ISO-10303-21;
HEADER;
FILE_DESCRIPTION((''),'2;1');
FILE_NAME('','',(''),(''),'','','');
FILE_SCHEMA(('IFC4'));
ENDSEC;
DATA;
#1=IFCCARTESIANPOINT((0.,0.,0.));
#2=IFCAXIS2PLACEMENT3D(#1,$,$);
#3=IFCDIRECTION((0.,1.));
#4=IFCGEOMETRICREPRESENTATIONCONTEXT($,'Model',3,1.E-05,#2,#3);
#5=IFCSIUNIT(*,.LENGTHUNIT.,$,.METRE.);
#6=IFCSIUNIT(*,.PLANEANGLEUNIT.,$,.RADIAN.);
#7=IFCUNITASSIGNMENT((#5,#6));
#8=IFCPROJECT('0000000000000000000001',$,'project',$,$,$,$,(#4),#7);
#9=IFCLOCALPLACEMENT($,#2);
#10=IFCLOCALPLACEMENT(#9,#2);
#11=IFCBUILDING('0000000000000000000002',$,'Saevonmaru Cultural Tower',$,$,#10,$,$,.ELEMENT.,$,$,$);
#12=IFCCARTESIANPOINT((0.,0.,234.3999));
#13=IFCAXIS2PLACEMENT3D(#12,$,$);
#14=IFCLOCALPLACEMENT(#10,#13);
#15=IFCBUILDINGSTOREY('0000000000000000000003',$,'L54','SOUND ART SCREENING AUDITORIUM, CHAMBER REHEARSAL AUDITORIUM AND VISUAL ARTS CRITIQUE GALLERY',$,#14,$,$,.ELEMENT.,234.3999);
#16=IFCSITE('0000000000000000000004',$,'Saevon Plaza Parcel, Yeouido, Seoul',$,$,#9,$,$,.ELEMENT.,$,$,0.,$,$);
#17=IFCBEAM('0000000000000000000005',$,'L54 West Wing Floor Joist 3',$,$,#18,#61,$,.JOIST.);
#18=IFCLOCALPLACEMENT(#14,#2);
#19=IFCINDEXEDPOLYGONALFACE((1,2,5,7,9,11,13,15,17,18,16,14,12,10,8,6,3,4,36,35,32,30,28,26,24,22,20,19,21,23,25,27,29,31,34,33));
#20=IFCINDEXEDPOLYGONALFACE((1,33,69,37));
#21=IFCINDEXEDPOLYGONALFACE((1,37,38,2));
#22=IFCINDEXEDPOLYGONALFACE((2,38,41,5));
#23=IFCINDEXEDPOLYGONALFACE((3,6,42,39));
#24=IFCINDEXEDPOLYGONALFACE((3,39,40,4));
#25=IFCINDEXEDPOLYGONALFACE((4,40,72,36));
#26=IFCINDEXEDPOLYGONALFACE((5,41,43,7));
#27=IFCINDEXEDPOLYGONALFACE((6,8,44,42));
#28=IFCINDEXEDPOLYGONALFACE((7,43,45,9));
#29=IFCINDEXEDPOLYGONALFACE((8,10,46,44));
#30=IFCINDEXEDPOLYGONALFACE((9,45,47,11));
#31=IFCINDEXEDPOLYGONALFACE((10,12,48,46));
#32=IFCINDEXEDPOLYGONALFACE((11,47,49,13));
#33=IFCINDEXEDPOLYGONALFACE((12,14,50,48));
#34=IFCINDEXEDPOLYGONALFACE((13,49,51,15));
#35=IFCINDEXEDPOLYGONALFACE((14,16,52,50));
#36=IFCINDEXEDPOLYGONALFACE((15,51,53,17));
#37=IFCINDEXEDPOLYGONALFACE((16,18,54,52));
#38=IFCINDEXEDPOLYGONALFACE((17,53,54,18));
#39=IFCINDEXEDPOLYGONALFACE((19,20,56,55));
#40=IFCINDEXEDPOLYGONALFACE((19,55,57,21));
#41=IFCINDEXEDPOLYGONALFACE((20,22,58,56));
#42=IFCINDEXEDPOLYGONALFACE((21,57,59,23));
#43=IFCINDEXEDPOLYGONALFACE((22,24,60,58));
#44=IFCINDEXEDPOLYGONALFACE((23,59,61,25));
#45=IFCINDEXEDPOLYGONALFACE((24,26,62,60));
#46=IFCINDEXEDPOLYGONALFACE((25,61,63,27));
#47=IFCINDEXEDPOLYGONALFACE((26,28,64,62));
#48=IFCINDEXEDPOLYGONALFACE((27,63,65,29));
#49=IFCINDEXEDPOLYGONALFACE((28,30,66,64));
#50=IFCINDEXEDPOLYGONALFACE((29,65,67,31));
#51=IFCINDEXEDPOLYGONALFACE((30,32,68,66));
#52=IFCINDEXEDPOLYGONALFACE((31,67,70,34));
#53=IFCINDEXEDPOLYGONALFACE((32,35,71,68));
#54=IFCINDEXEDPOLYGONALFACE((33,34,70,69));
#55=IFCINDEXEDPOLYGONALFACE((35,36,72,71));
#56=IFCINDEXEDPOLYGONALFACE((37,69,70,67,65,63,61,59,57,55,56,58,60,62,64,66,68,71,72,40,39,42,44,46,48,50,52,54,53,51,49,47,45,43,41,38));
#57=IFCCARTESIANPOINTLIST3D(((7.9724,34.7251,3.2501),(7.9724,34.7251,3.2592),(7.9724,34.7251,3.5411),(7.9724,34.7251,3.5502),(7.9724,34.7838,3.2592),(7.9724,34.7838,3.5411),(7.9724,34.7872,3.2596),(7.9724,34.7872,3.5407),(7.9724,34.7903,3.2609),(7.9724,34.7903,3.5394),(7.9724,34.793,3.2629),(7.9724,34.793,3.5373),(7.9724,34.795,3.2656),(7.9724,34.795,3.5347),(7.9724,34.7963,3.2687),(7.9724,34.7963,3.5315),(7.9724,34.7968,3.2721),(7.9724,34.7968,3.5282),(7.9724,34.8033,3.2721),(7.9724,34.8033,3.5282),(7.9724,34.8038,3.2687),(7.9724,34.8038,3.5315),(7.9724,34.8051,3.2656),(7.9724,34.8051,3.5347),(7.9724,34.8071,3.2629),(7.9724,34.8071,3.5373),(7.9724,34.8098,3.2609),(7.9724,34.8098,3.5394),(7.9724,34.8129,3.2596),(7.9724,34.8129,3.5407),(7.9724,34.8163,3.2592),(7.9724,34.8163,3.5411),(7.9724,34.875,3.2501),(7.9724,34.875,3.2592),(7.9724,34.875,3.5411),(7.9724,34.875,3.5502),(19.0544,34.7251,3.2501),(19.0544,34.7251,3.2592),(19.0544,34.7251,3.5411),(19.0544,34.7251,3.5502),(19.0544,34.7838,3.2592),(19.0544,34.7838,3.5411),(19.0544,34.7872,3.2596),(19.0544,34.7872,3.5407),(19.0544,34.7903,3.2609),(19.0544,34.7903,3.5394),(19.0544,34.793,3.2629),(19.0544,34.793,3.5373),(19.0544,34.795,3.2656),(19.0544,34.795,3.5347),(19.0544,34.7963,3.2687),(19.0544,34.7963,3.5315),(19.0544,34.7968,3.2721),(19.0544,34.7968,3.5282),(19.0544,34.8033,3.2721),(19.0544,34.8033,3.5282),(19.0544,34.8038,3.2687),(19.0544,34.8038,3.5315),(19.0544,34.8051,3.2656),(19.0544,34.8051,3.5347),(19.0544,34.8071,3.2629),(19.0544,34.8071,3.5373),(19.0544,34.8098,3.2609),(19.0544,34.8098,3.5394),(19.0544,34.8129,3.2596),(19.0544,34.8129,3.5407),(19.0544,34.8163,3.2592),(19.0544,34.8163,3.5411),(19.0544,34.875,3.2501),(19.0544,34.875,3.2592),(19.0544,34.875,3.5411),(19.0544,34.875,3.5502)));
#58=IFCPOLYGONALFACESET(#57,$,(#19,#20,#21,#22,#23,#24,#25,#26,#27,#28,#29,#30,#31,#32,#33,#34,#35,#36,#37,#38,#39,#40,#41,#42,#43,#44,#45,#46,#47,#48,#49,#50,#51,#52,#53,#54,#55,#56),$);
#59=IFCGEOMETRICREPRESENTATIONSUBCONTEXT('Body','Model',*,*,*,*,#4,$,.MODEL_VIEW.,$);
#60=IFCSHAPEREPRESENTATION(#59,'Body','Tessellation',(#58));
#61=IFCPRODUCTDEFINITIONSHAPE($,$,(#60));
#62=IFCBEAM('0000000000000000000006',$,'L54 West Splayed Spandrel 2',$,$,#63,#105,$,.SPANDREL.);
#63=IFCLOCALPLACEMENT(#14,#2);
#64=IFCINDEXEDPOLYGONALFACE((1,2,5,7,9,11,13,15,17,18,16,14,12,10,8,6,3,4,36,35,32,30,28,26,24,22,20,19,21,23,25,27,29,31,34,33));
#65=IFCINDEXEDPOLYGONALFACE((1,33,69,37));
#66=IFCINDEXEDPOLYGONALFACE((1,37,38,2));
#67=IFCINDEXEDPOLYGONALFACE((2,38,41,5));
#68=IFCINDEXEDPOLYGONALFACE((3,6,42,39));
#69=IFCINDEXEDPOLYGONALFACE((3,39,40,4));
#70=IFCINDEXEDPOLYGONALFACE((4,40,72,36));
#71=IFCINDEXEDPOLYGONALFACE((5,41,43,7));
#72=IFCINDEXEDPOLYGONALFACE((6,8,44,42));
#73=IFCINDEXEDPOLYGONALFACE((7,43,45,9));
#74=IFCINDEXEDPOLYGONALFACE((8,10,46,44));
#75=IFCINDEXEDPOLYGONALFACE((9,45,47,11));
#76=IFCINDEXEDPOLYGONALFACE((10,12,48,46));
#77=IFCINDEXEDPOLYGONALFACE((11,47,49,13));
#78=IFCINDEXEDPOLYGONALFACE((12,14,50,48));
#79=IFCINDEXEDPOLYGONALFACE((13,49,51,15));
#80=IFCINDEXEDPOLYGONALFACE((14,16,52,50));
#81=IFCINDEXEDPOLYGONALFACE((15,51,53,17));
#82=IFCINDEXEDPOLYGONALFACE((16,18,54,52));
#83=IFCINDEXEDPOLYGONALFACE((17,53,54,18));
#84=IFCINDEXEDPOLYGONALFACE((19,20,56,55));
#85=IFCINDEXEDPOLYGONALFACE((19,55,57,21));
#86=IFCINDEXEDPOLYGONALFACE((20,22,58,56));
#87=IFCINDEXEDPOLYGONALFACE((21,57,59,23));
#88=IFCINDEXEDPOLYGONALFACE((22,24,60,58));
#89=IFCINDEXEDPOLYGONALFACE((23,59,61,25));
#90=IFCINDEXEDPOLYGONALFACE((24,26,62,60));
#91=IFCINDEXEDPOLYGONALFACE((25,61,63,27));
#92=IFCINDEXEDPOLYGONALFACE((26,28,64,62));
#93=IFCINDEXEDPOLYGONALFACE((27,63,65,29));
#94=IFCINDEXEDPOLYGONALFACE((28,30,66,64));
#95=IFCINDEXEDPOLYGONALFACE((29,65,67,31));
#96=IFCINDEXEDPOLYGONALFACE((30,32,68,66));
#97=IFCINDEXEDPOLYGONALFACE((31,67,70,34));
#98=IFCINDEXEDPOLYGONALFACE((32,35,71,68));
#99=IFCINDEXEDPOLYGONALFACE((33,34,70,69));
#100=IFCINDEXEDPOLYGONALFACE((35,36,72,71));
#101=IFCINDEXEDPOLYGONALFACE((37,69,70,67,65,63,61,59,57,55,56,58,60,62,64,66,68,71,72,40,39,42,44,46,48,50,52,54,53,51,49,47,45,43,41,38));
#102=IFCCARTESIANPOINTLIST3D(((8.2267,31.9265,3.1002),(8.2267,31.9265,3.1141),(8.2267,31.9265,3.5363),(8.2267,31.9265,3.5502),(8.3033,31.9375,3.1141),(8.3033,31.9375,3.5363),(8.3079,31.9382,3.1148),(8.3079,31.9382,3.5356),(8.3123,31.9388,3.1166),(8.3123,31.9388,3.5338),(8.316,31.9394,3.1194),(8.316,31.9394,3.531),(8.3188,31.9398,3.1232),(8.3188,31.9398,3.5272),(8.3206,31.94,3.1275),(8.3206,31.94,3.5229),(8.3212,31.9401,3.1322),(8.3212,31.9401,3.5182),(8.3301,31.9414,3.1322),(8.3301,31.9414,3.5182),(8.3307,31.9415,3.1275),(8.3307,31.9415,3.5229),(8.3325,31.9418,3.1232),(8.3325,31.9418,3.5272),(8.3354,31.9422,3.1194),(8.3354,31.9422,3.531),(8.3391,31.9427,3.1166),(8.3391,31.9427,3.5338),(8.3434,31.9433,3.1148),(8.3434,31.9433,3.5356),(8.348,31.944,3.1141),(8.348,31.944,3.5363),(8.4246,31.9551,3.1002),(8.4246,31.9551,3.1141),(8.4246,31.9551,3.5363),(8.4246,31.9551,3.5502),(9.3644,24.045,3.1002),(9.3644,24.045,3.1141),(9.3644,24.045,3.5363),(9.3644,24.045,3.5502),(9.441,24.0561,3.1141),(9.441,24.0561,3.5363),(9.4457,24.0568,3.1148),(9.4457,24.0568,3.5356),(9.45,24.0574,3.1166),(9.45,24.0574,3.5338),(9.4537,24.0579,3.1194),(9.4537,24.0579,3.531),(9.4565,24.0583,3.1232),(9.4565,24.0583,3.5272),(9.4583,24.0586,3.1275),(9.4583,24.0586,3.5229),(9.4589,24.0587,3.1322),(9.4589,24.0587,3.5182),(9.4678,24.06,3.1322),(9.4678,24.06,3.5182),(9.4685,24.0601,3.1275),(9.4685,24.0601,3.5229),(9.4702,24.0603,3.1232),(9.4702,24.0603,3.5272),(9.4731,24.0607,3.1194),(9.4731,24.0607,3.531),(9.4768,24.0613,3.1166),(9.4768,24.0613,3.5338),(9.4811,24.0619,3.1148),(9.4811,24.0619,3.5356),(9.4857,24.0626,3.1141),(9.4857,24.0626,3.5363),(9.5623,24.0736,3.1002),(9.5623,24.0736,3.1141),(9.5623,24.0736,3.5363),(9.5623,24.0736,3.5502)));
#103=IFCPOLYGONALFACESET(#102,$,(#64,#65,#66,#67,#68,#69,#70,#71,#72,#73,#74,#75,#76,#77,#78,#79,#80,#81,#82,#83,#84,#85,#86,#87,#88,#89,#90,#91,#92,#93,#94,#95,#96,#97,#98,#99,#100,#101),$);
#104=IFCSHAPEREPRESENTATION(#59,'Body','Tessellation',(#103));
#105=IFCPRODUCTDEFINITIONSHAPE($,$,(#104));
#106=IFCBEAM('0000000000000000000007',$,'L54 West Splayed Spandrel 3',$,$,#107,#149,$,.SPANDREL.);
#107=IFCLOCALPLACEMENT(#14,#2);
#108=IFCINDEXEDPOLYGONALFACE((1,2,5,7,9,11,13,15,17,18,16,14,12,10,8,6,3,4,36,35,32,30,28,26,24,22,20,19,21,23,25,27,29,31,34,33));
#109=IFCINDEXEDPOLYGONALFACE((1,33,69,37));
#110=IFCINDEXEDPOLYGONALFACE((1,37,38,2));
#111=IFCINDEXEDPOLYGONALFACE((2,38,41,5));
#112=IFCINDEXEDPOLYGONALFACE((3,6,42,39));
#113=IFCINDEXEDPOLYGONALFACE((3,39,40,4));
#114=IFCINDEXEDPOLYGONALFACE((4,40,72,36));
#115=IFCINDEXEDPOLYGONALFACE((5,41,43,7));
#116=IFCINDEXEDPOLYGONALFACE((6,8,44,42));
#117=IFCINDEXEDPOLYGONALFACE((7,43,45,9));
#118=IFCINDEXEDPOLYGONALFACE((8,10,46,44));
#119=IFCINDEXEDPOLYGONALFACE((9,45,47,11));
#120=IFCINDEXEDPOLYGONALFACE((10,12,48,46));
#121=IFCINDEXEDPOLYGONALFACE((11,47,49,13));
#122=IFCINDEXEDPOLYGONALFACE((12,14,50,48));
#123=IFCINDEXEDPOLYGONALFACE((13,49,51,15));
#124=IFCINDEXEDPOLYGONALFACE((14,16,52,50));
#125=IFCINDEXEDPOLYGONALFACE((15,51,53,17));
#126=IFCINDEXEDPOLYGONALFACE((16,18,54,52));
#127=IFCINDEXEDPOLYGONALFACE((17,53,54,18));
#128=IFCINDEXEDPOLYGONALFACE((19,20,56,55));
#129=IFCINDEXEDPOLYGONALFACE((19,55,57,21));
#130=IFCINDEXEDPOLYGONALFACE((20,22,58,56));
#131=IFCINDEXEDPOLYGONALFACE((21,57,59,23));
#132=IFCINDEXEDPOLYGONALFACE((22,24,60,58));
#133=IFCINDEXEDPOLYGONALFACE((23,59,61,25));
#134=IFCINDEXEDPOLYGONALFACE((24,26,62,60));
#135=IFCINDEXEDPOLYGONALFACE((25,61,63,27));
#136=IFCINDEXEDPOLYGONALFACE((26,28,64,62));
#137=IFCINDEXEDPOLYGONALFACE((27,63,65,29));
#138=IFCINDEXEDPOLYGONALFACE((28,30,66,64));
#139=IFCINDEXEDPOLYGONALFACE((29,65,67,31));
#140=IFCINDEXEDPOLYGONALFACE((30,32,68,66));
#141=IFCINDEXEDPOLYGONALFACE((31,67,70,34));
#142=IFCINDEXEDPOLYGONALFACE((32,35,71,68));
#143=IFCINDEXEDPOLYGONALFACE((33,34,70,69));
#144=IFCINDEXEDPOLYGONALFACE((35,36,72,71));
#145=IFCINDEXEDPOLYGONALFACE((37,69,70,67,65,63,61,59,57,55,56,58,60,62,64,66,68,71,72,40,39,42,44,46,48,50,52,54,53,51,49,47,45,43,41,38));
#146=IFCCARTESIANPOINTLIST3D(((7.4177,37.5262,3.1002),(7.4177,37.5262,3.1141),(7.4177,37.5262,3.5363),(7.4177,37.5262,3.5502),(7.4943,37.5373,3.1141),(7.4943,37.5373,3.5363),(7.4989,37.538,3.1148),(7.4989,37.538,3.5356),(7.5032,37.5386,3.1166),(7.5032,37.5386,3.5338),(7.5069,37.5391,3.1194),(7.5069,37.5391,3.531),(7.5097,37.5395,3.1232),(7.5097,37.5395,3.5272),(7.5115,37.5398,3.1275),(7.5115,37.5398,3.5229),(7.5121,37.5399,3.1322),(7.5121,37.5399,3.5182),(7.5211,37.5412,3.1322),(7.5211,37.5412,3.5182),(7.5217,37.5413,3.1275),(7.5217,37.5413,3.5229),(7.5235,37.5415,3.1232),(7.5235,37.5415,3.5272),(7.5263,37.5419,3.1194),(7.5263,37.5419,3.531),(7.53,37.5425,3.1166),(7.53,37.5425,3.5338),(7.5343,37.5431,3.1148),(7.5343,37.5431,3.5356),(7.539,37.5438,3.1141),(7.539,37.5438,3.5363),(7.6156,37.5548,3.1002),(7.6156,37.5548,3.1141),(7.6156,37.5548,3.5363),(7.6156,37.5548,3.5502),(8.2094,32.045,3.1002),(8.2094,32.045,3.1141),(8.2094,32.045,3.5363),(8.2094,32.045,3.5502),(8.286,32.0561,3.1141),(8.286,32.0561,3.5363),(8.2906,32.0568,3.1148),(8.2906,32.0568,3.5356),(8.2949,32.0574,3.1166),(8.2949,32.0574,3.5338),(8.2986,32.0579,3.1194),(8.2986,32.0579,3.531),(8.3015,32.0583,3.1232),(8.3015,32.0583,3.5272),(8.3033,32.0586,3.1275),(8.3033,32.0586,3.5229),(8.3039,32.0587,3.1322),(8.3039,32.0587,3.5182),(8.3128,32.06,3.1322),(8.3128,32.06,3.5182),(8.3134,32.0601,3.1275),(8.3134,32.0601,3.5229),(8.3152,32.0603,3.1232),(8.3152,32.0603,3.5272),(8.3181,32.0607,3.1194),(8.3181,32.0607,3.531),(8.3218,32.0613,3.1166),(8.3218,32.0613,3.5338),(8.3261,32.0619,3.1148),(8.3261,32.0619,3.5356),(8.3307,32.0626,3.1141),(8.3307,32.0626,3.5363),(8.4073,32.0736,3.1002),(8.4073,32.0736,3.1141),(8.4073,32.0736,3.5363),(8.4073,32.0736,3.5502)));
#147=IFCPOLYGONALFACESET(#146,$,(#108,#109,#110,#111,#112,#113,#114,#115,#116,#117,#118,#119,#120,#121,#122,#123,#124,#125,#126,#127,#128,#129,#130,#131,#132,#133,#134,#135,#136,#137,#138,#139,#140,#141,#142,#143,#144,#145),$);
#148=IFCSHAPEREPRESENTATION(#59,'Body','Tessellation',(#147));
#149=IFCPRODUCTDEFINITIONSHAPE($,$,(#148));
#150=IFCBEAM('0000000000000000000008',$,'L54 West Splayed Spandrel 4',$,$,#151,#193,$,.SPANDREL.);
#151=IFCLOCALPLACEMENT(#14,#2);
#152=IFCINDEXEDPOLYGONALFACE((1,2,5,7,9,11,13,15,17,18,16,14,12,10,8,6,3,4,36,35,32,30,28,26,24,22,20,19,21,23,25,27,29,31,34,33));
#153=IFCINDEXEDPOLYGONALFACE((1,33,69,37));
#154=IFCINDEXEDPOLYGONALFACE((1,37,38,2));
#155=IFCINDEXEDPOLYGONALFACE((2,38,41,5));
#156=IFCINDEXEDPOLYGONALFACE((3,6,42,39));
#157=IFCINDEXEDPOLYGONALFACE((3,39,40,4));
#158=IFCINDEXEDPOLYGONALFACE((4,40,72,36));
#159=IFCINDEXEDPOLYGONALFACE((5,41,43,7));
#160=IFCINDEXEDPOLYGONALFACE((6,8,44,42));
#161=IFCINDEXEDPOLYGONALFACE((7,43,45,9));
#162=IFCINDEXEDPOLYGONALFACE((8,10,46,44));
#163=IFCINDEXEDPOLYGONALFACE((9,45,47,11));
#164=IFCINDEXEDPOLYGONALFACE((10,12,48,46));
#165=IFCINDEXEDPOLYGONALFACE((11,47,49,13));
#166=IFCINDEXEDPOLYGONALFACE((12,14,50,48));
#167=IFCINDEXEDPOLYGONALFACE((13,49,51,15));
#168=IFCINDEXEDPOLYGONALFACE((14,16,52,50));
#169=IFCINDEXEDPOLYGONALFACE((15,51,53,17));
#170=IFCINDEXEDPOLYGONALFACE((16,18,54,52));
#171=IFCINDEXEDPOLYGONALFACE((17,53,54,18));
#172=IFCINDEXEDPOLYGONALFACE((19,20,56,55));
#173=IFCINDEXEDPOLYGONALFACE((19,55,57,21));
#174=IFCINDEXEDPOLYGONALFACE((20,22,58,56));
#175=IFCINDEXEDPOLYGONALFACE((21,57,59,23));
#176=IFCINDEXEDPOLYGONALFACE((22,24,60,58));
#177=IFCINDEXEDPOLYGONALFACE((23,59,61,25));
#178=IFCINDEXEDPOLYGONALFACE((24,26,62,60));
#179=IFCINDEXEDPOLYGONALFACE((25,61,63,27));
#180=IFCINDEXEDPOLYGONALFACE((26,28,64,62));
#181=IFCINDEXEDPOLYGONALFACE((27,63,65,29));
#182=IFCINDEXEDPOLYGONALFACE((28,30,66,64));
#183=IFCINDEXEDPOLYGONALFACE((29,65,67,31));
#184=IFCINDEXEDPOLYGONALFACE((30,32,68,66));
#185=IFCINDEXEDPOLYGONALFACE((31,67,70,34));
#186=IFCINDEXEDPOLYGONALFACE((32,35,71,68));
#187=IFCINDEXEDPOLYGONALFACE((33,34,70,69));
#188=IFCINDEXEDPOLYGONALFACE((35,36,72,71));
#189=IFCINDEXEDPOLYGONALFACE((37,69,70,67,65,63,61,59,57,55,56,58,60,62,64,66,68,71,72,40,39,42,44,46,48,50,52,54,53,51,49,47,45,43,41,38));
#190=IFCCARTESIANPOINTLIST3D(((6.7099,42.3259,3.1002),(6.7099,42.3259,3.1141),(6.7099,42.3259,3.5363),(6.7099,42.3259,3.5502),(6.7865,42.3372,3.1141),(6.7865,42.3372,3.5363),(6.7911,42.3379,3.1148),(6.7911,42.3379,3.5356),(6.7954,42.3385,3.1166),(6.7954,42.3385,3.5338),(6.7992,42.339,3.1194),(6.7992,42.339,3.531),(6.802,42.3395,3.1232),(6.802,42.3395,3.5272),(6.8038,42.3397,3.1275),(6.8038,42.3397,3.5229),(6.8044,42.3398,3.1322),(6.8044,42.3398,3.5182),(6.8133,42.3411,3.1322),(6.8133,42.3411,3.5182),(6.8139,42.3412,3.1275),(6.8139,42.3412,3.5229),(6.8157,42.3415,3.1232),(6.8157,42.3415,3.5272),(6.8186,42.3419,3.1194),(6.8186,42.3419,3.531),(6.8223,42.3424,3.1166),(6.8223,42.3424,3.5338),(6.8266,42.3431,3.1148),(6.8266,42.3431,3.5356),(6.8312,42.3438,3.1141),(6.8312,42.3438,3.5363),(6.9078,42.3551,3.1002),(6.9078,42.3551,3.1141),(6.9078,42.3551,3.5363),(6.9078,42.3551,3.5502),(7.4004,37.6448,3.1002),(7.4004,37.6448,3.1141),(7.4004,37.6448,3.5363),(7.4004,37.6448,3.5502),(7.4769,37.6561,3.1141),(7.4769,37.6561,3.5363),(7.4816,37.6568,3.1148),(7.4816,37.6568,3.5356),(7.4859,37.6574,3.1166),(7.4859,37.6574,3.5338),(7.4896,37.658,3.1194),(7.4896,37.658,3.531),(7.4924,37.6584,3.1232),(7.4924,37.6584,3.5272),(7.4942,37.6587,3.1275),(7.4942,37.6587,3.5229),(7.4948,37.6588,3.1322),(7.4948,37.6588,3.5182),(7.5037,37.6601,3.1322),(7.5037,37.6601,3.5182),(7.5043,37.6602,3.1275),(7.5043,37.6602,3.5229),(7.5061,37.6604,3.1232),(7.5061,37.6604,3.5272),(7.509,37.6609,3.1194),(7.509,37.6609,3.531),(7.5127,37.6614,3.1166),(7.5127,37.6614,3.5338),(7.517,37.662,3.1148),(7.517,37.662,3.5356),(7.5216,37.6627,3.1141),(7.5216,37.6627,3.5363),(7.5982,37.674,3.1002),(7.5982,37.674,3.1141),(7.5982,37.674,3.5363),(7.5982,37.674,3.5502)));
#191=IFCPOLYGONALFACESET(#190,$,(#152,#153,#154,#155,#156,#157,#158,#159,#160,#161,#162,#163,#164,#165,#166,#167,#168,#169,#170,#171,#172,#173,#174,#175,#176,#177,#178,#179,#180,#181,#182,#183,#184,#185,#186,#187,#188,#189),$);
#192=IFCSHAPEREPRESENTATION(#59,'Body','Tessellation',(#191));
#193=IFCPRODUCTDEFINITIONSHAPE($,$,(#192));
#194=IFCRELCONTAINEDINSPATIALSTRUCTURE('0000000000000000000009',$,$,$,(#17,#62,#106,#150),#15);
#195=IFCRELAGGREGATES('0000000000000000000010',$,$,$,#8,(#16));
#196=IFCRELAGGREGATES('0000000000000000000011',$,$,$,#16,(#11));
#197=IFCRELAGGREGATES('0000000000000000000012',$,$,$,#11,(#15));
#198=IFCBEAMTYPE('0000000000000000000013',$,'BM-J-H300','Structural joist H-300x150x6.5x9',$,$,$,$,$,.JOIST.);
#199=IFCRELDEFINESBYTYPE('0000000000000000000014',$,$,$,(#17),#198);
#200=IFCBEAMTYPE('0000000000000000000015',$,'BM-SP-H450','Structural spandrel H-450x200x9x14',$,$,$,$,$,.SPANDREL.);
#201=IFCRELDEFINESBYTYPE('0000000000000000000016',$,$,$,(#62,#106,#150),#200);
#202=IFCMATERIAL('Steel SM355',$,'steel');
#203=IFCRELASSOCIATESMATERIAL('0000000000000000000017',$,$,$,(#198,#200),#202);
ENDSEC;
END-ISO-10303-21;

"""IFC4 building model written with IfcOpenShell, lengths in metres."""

from ifc_helpers import new_model, si_unit, direction, frame, origin, origin_2d, place, context, subcontext, project, spatial, i_section, extrude, material, material_profile, profile_set, type_object, element, save


model = new_model("IFC4")

# Units and contexts
model_context = context("Model", 3, precision=1e-05, world=origin(), true_north=direction((0.0, 1.0)))
body_context = subcontext(model_context, "Body", "Model", "MODEL_VIEW")
ifc_project = project(units=[si_unit("LENGTHUNIT", "METRE"), si_unit("PLANEANGLEUNIT", "RADIAN")], contexts=[model_context])

# Site, building, storey
site_placement = place(None, origin())
site = spatial("IfcSite", under=ifc_project, at=site_placement, Name="Saevon Plaza Parcel, Yeouido, Seoul", CompositionType="ELEMENT", RefElevation=0.0)
building_placement = place(site_placement, origin())
building = spatial("IfcBuilding", under=site, at=building_placement, Name="Saevonmaru Cultural Tower", CompositionType="ELEMENT")
storey_placement = place(building_placement, frame((0.0, 0.0, 234.3999)))
storey = spatial("IfcBuildingStorey", under=building, at=storey_placement, Name="L54", Description="SOUND ART SCREENING AUDITORIUM, CHAMBER REHEARSAL AUDITORIUM AND VISUAL ARTS CRITIQUE GALLERY", CompositionType="ELEMENT", Elevation=234.3999)

# Beams
ifc_material_1 = material(Name="Steel SM355", Category="steel")
ifc_material_profile_1 = material_profile(ifc_material_1, i_section(OverallWidth=0.1499, OverallDepth=0.3, WebThickness=0.0066, FlangeThickness=0.009, FilletRadius=0.0129, at=origin_2d()), Name="H-300x150x6.5x9")
ifc_profile_set_1 = profile_set([ifc_material_profile_1], Name="Steel SM355")
beam_type_1 = type_object("IfcBeamType", Name="BM-J-H300", Description="Structural joist H-300x150x6.5x9", PredefinedType="JOIST", material=ifc_profile_set_1)
for number, where, z_axis, x_axis, name in (
    (1, (7.9724, 34.8, 3.4001), (1.0, 0.0, 0.0), (0.0, 1.0, 0.0), "L54 West Wing Floor Joist 3"),
):
    element("IfcBeam", number, at=place(storey_placement, frame(where, z_axis=z_axis, x_axis=x_axis)), inside=storey, type_object=beam_type_1, Name=name, PredefinedType="JOIST", context=body_context, shape_type="SweptSolid", body=[
        extrude(i_section(OverallWidth=0.1499, OverallDepth=0.3, WebThickness=0.0066, FlangeThickness=0.009, FilletRadius=0.0129, at=origin_2d()), origin(), (0.0, 0.0, 1.0), 11.082),
    ])
ifc_material_profile_2 = material_profile(ifc_material_1, i_section(OverallWidth=0.2, OverallDepth=0.45, WebThickness=0.009, FlangeThickness=0.0139, FilletRadius=0.0181, at=origin_2d()), Name="H-450x200x9x14")
ifc_profile_set_2 = profile_set([ifc_material_profile_2], Name="Steel SM355")
beam_type_2 = type_object("IfcBeamType", Name="BM-SP-H450", Description="Structural spandrel H-450x200x9x14", PredefinedType="SPANDREL", material=ifc_profile_set_2)
beam_1_placement = place(storey_placement, frame((9.4634, 24.0593, 3.3252), z_axis=(-0.142872, 0.989741, 0.0), x_axis=(-0.989741, -0.142872, 0.0)))
element("IfcBeam", 2, at=beam_1_placement, inside=storey, type_object=beam_type_2, Name="L54 West Splayed Spandrel 2", PredefinedType="SPANDREL", context=body_context, shape_type="SweptSolid", body=[
    extrude(i_section(OverallWidth=0.2, OverallDepth=0.45, WebThickness=0.009, FlangeThickness=0.0139, FilletRadius=0.0181, at=origin_2d()), origin(), (0.0, 0.0, 1.0), 7.9631),
])
beam_2_placement = place(storey_placement, frame((8.3083, 32.0593, 3.3252), z_axis=(-0.142964, 0.989728, 0.0), x_axis=(-0.989728, -0.142964, 0.0)))
element("IfcBeam", 3, at=beam_2_placement, inside=storey, type_object=beam_type_2, Name="L54 West Splayed Spandrel 3", PredefinedType="SPANDREL", context=body_context, shape_type="SweptSolid", body=[
    extrude(i_section(OverallWidth=0.2, OverallDepth=0.45, WebThickness=0.009, FlangeThickness=0.0139, FilletRadius=0.0181, at=origin_2d()), origin(), (0.0, 0.0, 1.0), 5.5381),
])
beam_3_placement = place(storey_placement, frame((7.4993, 37.6594, 3.3252), z_axis=(-0.145913, 0.989297, 0.0), x_axis=(-0.989297, -0.145913, 0.0)))
element("IfcBeam", 4, at=beam_3_placement, inside=storey, type_object=beam_type_2, Name="L54 West Splayed Spandrel 4", PredefinedType="SPANDREL", context=body_context, shape_type="SweptSolid", body=[
    extrude(i_section(OverallWidth=0.2, OverallDepth=0.45, WebThickness=0.009, FlangeThickness=0.0139, FilletRadius=0.0181, at=origin_2d()), origin(), (0.0, 0.0, 1.0), 4.7317),
])

save(model, "model.ifc")
